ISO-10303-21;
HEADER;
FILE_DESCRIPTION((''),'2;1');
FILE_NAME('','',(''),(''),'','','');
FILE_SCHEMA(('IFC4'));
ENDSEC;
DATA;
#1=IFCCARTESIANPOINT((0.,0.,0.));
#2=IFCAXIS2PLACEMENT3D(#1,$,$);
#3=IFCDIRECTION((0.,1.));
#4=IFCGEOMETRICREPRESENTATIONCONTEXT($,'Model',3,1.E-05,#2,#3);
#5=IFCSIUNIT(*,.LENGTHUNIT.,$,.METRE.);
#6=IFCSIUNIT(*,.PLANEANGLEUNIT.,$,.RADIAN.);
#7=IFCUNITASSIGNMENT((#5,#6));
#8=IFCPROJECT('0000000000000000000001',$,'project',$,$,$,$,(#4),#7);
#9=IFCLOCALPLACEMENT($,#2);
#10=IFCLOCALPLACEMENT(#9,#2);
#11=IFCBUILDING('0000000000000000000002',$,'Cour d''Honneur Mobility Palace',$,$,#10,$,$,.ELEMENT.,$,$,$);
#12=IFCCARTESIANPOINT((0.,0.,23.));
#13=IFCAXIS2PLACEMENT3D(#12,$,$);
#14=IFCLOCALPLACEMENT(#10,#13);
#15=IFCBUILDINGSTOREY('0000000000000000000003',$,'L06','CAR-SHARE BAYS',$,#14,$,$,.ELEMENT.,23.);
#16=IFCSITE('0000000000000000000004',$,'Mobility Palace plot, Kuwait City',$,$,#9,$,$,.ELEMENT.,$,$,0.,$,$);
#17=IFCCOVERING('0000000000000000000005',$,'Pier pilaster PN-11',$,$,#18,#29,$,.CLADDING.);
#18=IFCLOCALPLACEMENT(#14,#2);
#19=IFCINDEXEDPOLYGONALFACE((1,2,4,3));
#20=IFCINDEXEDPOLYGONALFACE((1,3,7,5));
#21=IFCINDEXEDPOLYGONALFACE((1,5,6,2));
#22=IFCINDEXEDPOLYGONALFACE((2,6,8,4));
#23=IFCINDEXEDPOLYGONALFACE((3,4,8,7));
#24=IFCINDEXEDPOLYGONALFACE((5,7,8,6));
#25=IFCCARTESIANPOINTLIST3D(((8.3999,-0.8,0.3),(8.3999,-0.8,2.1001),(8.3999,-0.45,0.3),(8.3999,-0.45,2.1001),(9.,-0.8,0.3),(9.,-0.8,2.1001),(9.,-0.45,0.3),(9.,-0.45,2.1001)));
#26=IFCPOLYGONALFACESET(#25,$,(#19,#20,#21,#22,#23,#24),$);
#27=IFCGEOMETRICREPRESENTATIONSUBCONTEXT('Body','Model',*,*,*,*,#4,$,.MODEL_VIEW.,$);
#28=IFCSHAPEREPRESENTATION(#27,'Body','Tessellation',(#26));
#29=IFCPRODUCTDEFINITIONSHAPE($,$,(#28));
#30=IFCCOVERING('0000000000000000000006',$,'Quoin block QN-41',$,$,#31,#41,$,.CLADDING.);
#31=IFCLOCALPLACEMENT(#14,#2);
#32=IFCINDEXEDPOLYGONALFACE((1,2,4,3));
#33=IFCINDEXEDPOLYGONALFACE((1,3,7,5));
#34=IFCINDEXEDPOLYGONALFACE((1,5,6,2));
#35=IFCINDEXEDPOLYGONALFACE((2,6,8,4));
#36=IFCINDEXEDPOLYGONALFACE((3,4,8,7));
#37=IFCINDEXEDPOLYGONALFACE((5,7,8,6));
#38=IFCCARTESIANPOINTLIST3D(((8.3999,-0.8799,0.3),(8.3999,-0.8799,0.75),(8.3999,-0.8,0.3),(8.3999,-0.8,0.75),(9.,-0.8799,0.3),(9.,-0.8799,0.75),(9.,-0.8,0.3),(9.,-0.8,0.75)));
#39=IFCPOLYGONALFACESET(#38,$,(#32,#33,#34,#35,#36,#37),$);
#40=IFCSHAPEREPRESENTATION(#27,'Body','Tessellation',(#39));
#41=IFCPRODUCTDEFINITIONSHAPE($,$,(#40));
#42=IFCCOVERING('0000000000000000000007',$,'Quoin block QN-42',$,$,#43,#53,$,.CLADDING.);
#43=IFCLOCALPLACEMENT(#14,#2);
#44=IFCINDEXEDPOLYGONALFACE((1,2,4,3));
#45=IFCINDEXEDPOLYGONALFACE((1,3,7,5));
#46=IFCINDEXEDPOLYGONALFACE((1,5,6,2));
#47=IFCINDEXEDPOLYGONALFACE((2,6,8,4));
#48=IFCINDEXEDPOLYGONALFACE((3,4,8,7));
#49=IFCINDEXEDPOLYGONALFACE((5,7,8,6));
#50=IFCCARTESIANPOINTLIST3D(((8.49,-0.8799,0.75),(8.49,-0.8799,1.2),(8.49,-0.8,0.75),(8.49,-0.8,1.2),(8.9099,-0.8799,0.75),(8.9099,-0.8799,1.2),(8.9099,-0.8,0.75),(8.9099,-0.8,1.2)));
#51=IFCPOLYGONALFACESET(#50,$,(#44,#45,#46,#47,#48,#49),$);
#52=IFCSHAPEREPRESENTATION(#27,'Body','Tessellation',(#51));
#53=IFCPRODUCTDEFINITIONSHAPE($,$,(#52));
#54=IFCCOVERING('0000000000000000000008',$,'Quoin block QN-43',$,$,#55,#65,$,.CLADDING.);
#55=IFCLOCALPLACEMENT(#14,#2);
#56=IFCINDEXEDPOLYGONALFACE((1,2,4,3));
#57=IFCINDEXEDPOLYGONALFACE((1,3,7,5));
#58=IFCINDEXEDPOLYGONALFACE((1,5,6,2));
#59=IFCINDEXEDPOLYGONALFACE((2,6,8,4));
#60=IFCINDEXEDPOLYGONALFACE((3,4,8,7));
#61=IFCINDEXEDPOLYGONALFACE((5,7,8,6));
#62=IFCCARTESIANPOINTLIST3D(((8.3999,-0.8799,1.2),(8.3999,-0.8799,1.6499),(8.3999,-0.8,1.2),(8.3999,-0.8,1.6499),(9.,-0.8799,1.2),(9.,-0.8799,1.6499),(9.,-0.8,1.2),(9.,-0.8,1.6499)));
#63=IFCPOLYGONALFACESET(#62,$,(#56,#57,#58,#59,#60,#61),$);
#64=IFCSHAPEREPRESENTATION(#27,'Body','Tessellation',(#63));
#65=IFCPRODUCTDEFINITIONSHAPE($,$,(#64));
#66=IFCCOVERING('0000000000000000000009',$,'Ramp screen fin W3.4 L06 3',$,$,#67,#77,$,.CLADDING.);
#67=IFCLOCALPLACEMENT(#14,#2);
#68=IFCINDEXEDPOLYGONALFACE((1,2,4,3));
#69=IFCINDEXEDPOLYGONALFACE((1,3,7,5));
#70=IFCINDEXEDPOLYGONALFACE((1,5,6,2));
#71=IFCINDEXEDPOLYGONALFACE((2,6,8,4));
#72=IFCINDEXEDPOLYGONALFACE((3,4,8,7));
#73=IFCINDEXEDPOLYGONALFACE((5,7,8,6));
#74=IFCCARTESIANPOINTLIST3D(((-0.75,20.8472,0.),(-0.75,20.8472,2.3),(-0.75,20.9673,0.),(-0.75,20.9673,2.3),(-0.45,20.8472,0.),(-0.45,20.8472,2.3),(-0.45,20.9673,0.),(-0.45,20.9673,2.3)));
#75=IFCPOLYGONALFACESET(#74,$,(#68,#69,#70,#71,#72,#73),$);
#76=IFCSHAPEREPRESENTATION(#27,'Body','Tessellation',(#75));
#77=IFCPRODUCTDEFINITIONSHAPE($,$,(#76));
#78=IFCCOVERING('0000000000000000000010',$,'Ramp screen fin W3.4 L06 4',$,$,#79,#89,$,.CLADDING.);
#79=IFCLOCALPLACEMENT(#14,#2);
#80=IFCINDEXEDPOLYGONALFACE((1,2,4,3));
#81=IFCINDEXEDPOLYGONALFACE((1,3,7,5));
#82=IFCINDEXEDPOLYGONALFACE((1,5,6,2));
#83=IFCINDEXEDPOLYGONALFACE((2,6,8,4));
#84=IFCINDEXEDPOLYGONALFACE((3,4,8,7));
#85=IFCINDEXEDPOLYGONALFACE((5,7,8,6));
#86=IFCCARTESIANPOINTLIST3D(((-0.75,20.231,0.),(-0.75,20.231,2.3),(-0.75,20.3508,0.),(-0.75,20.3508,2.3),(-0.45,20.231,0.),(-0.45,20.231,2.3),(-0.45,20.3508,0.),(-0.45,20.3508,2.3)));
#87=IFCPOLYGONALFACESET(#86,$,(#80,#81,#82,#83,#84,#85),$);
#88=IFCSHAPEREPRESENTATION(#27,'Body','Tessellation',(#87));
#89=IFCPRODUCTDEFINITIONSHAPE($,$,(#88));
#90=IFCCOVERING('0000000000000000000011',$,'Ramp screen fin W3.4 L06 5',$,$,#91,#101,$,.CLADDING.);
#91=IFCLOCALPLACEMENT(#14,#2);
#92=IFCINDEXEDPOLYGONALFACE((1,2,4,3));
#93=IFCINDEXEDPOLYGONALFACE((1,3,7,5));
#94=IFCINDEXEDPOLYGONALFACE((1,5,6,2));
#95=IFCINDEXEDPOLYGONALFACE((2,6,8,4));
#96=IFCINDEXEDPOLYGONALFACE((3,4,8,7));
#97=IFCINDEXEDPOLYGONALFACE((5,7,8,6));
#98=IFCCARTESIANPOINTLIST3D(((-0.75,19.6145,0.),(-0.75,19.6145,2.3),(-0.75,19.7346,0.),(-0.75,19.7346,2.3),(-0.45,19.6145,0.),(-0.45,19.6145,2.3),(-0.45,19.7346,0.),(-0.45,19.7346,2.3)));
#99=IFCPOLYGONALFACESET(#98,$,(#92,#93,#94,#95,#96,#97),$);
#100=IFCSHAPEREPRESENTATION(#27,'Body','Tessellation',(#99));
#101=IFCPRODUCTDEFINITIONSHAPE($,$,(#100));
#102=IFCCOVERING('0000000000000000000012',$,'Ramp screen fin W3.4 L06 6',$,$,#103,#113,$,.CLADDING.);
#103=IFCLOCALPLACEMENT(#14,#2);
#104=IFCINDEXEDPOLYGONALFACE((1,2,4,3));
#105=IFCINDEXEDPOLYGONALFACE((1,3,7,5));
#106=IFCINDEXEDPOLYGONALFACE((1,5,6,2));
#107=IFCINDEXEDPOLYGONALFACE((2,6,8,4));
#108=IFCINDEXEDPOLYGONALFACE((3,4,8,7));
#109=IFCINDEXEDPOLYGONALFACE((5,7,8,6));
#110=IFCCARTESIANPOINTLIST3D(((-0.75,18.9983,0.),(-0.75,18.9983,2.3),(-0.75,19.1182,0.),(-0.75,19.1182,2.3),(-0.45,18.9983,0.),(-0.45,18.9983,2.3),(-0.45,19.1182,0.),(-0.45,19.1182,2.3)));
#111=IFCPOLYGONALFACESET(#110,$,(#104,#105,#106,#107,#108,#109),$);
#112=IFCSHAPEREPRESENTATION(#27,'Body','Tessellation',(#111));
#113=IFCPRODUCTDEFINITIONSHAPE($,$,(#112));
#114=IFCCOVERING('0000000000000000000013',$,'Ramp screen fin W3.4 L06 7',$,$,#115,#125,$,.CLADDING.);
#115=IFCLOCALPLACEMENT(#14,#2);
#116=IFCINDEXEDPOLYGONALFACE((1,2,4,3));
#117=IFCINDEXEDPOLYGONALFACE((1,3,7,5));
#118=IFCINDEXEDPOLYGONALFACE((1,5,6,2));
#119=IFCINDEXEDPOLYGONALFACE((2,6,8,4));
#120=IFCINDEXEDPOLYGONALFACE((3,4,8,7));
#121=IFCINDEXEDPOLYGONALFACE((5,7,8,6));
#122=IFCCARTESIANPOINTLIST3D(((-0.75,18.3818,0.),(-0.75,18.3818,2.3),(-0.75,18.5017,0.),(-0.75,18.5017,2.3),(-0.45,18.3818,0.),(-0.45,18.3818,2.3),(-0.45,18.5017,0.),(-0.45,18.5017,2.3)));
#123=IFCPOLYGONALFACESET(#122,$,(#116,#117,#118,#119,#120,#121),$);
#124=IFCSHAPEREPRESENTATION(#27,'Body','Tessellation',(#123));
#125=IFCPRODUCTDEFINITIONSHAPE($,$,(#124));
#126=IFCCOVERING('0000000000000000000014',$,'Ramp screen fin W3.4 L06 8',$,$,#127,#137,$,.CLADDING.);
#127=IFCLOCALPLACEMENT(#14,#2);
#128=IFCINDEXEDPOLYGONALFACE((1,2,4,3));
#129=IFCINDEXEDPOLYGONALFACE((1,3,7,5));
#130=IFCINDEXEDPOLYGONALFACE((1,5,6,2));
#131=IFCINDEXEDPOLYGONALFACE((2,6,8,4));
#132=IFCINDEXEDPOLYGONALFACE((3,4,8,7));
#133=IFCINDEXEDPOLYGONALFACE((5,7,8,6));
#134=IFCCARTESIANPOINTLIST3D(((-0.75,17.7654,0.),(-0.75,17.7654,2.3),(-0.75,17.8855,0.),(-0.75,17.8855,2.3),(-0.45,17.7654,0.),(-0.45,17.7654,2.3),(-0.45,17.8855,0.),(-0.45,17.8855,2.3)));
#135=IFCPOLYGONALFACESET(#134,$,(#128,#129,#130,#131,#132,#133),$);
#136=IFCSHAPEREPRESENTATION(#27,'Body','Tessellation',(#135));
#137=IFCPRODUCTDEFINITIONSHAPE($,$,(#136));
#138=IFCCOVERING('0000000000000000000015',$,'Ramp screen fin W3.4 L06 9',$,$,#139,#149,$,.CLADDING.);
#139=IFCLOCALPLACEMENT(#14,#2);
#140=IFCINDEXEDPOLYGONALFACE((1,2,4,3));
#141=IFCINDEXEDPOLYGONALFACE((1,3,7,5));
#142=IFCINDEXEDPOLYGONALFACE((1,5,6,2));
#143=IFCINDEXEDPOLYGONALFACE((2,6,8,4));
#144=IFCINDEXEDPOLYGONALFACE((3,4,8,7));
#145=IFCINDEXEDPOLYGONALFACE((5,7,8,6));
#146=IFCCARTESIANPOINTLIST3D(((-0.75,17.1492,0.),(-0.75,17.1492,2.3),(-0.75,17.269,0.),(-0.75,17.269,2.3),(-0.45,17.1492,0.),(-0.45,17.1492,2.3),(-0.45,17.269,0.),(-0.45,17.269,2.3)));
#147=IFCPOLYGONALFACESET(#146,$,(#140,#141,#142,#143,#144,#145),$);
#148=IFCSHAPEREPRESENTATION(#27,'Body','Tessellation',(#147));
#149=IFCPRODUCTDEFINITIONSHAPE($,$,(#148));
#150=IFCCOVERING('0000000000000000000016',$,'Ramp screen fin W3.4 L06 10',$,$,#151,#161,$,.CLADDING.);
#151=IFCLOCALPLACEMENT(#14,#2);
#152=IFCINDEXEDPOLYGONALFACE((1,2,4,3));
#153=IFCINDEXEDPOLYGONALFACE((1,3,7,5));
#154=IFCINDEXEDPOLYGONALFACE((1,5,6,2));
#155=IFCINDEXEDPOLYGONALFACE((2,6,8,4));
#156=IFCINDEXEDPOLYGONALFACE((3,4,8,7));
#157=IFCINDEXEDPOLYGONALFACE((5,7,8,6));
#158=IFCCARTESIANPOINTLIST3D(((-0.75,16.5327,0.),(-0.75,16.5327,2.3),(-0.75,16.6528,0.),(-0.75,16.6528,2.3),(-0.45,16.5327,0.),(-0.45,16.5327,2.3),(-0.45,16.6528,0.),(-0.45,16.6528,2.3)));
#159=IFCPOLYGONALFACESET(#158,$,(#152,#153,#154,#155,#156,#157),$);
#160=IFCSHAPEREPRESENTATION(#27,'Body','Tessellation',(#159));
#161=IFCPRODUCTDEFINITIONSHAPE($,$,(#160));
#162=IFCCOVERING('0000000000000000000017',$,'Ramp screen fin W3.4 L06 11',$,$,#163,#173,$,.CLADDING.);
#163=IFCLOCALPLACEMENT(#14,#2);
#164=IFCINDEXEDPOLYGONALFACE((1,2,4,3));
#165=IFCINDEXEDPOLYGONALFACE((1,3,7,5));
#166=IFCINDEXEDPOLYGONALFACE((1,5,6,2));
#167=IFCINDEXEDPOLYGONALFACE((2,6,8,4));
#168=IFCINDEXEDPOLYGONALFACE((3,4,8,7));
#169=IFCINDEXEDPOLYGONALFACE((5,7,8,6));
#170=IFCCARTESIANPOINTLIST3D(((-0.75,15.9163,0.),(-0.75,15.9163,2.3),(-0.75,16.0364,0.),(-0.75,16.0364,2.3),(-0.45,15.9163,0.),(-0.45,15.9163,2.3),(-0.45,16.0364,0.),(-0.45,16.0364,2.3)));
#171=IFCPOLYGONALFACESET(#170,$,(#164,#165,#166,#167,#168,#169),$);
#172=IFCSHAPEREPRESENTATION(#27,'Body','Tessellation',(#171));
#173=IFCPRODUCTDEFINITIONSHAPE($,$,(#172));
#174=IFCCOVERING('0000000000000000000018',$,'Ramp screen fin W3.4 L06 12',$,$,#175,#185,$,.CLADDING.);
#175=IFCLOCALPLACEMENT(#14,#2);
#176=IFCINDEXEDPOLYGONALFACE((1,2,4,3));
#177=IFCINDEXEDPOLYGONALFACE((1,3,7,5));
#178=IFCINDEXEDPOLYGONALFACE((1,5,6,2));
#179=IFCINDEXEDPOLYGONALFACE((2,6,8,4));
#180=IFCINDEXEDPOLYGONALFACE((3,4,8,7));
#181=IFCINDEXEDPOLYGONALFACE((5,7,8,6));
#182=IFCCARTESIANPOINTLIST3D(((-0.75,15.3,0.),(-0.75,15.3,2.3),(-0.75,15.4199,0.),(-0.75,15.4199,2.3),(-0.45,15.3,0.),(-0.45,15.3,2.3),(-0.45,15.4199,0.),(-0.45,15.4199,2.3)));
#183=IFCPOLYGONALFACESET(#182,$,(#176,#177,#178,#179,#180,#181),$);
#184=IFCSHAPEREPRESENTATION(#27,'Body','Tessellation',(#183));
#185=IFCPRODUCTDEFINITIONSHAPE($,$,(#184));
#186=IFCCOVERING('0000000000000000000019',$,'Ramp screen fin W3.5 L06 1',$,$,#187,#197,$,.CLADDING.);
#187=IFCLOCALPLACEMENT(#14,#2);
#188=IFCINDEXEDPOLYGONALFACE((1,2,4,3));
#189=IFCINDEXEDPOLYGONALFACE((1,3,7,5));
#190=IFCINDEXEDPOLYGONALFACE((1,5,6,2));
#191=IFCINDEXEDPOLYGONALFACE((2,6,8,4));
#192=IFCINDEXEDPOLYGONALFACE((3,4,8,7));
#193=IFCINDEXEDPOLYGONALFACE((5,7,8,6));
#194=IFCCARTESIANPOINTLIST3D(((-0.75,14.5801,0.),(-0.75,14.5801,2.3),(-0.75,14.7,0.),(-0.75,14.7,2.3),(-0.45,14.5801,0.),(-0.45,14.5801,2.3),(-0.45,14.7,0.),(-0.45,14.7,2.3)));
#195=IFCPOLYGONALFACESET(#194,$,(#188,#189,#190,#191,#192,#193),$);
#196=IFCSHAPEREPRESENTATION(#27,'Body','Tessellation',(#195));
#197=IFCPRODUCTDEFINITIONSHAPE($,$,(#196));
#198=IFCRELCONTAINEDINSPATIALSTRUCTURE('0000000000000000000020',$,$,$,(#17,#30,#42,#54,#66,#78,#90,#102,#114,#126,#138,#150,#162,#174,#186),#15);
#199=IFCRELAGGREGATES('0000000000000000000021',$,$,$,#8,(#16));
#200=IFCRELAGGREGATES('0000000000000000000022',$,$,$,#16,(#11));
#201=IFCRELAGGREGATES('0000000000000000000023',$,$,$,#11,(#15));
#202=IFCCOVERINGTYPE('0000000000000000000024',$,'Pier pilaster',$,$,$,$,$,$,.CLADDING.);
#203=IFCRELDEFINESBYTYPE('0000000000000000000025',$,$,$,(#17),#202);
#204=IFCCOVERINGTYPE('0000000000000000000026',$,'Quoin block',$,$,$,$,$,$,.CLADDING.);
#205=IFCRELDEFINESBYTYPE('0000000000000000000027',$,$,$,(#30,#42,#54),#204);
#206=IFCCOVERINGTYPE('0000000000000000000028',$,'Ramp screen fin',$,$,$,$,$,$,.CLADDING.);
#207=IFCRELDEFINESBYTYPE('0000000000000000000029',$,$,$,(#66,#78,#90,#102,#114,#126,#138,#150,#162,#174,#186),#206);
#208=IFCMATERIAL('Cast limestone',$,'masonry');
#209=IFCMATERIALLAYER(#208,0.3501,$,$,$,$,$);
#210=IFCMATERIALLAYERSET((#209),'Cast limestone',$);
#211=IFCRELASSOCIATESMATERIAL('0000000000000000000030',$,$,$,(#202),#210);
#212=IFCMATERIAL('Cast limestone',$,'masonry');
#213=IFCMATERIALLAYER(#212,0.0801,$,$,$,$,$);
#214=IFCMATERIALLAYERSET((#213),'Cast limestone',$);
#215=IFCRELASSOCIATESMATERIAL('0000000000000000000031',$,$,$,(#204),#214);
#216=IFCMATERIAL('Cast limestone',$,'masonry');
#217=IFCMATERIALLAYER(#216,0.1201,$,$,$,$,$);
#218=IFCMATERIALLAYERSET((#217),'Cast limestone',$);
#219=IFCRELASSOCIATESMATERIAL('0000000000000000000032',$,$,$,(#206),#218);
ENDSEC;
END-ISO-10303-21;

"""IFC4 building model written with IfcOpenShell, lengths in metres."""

from ifc_helpers import new_model, si_unit, direction, frame, origin, place, context, subcontext, project, spatial, polyline, outline, extrude, material, layer, layer_set, type_object, element, save


model = new_model("IFC4")

# Units and contexts
model_context = context("Model", 3, precision=1e-05, world=origin(), true_north=direction((0.0, 1.0)))
body_context = subcontext(model_context, "Body", "Model", "MODEL_VIEW")
ifc_project = project(units=[si_unit("LENGTHUNIT", "METRE"), si_unit("PLANEANGLEUNIT", "RADIAN")], contexts=[model_context])

# Site, building, storey
site_placement = place(None, origin())
site = spatial("IfcSite", under=ifc_project, at=site_placement, Name="Mobility Palace plot, Kuwait City", CompositionType="ELEMENT", RefElevation=0.0)
building_placement = place(site_placement, origin())
building = spatial("IfcBuilding", under=site, at=building_placement, Name="Cour d'Honneur Mobility Palace", CompositionType="ELEMENT")
storey_placement = place(building_placement, frame((0.0, 0.0, 23.0)))
storey = spatial("IfcBuildingStorey", under=building, at=storey_placement, Name="L06", Description="CAR-SHARE BAYS", CompositionType="ELEMENT", Elevation=23.0)

# Coverings
ifc_material_1 = material(Name="Cast limestone", Category="masonry")
ifc_layer_1 = layer(ifc_material_1, 0.3501)
ifc_layer_set_1 = layer_set([ifc_layer_1], Name="Cast limestone")
covering_type_1 = type_object("IfcCoveringType", Name="Pier pilaster", PredefinedType="CLADDING", material=ifc_layer_set_1)
covering_1_placement = place(storey_placement, frame((0.0, 0.0, 0.3)))
element("IfcCovering", 1, at=covering_1_placement, inside=storey, type_object=covering_type_1, Name="Pier pilaster PN-11", PredefinedType="CLADDING", context=body_context, shape_type="SweptSolid", body=[
    extrude(outline(polyline([(8.3999, -0.45), (9.0, -0.45), (9.0, -0.8), (8.3999, -0.8), (8.3999, -0.45)])), origin(), (0.0, 0.0, 1.0), 1.8),
])
ifc_material_2 = material(Name="Cast limestone", Category="masonry")
ifc_layer_2 = layer(ifc_material_2, 0.0801)
ifc_layer_set_2 = layer_set([ifc_layer_2], Name="Cast limestone")
covering_type_2 = type_object("IfcCoveringType", Name="Quoin block", PredefinedType="CLADDING", material=ifc_layer_set_2)
covering_2_placement = place(storey_placement, frame((0.0, 0.0, 0.3)))
element("IfcCovering", 2, at=covering_2_placement, inside=storey, type_object=covering_type_2, Name="Quoin block QN-41", PredefinedType="CLADDING", context=body_context, shape_type="SweptSolid", body=[
    extrude(outline(polyline([(8.3999, -0.8), (9.0, -0.8), (9.0, -0.8799), (8.3999, -0.8799), (8.3999, -0.8)])), origin(), (0.0, 0.0, 1.0), 0.45),
])
covering_3_placement = place(storey_placement, frame((0.0, 0.0, 0.75)))
element("IfcCovering", 3, at=covering_3_placement, inside=storey, type_object=covering_type_2, Name="Quoin block QN-42", PredefinedType="CLADDING", context=body_context, shape_type="SweptSolid", body=[
    extrude(outline(polyline([(8.49, -0.8), (8.9099, -0.8), (8.9099, -0.8799), (8.49, -0.8799), (8.49, -0.8)])), origin(), (0.0, 0.0, 1.0), 0.45),
])
covering_4_placement = place(storey_placement, frame((0.0, 0.0, 1.2)))
element("IfcCovering", 4, at=covering_4_placement, inside=storey, type_object=covering_type_2, Name="Quoin block QN-43", PredefinedType="CLADDING", context=body_context, shape_type="SweptSolid", body=[
    extrude(outline(polyline([(8.3999, -0.8), (9.0, -0.8), (9.0, -0.8799), (8.3999, -0.8799), (8.3999, -0.8)])), origin(), (0.0, 0.0, 1.0), 0.45),
])
ifc_material_3 = material(Name="Cast limestone", Category="masonry")
ifc_layer_3 = layer(ifc_material_3, 0.1201)
ifc_layer_set_3 = layer_set([ifc_layer_3], Name="Cast limestone")
covering_type_3 = type_object("IfcCoveringType", Name="Ramp screen fin", PredefinedType="CLADDING", material=ifc_layer_set_3)
covering_5_placement = place(storey_placement, origin())
element("IfcCovering", 5, at=covering_5_placement, inside=storey, type_object=covering_type_3, Name="Ramp screen fin W3.4 L06 3", PredefinedType="CLADDING", context=body_context, shape_type="SweptSolid", body=[
    extrude(outline(polyline([(-0.45, 20.9673), (-0.45, 20.8472), (-0.75, 20.8472), (-0.75, 20.9673), (-0.45, 20.9673)])), origin(), (0.0, 0.0, 1.0), 2.3),
])
covering_6_placement = place(storey_placement, origin())
element("IfcCovering", 6, at=covering_6_placement, inside=storey, type_object=covering_type_3, Name="Ramp screen fin W3.4 L06 4", PredefinedType="CLADDING", context=body_context, shape_type="SweptSolid", body=[
    extrude(outline(polyline([(-0.45, 20.3508), (-0.45, 20.231), (-0.75, 20.231), (-0.75, 20.3508), (-0.45, 20.3508)])), origin(), (0.0, 0.0, 1.0), 2.3),
])
covering_7_placement = place(storey_placement, origin())
element("IfcCovering", 7, at=covering_7_placement, inside=storey, type_object=covering_type_3, Name="Ramp screen fin W3.4 L06 5", PredefinedType="CLADDING", context=body_context, shape_type="SweptSolid", body=[
    extrude(outline(polyline([(-0.45, 19.7346), (-0.45, 19.6145), (-0.75, 19.6145), (-0.75, 19.7346), (-0.45, 19.7346)])), origin(), (0.0, 0.0, 1.0), 2.3),
])
covering_8_placement = place(storey_placement, origin())
element("IfcCovering", 8, at=covering_8_placement, inside=storey, type_object=covering_type_3, Name="Ramp screen fin W3.4 L06 6", PredefinedType="CLADDING", context=body_context, shape_type="SweptSolid", body=[
    extrude(outline(polyline([(-0.45, 19.1182), (-0.45, 18.9983), (-0.75, 18.9983), (-0.75, 19.1182), (-0.45, 19.1182)])), origin(), (0.0, 0.0, 1.0), 2.3),
])
covering_9_placement = place(storey_placement, origin())
element("IfcCovering", 9, at=covering_9_placement, inside=storey, type_object=covering_type_3, Name="Ramp screen fin W3.4 L06 7", PredefinedType="CLADDING", context=body_context, shape_type="SweptSolid", body=[
    extrude(outline(polyline([(-0.45, 18.5017), (-0.45, 18.3818), (-0.75, 18.3818), (-0.75, 18.5017), (-0.45, 18.5017)])), origin(), (0.0, 0.0, 1.0), 2.3),
])
covering_10_placement = place(storey_placement, origin())
element("IfcCovering", 10, at=covering_10_placement, inside=storey, type_object=covering_type_3, Name="Ramp screen fin W3.4 L06 8", PredefinedType="CLADDING", context=body_context, shape_type="SweptSolid", body=[
    extrude(outline(polyline([(-0.45, 17.8855), (-0.45, 17.7654), (-0.75, 17.7654), (-0.75, 17.8855), (-0.45, 17.8855)])), origin(), (0.0, 0.0, 1.0), 2.3),
])
covering_11_placement = place(storey_placement, origin())
element("IfcCovering", 11, at=covering_11_placement, inside=storey, type_object=covering_type_3, Name="Ramp screen fin W3.4 L06 9", PredefinedType="CLADDING", context=body_context, shape_type="SweptSolid", body=[
    extrude(outline(polyline([(-0.45, 17.269), (-0.45, 17.1492), (-0.75, 17.1492), (-0.75, 17.269), (-0.45, 17.269)])), origin(), (0.0, 0.0, 1.0), 2.3),
])
covering_12_placement = place(storey_placement, origin())
element("IfcCovering", 12, at=covering_12_placement, inside=storey, type_object=covering_type_3, Name="Ramp screen fin W3.4 L06 10", PredefinedType="CLADDING", context=body_context, shape_type="SweptSolid", body=[
    extrude(outline(polyline([(-0.45, 16.6528), (-0.45, 16.5327), (-0.75, 16.5327), (-0.75, 16.6528), (-0.45, 16.6528)])), origin(), (0.0, 0.0, 1.0), 2.3),
])
covering_13_placement = place(storey_placement, origin())
element("IfcCovering", 13, at=covering_13_placement, inside=storey, type_object=covering_type_3, Name="Ramp screen fin W3.4 L06 11", PredefinedType="CLADDING", context=body_context, shape_type="SweptSolid", body=[
    extrude(outline(polyline([(-0.45, 16.0364), (-0.45, 15.9163), (-0.75, 15.9163), (-0.75, 16.0364), (-0.45, 16.0364)])), origin(), (0.0, 0.0, 1.0), 2.3),
])
covering_14_placement = place(storey_placement, origin())
element("IfcCovering", 14, at=covering_14_placement, inside=storey, type_object=covering_type_3, Name="Ramp screen fin W3.4 L06 12", PredefinedType="CLADDING", context=body_context, shape_type="SweptSolid", body=[
    extrude(outline(polyline([(-0.45, 15.4199), (-0.45, 15.3), (-0.75, 15.3), (-0.75, 15.4199), (-0.45, 15.4199)])), origin(), (0.0, 0.0, 1.0), 2.3),
])
covering_15_placement = place(storey_placement, origin())
element("IfcCovering", 15, at=covering_15_placement, inside=storey, type_object=covering_type_3, Name="Ramp screen fin W3.5 L06 1", PredefinedType="CLADDING", context=body_context, shape_type="SweptSolid", body=[
    extrude(outline(polyline([(-0.45, 14.7), (-0.45, 14.5801), (-0.75, 14.5801), (-0.75, 14.7), (-0.45, 14.7)])), origin(), (0.0, 0.0, 1.0), 2.3),
])

save(model, "model.ifc")
